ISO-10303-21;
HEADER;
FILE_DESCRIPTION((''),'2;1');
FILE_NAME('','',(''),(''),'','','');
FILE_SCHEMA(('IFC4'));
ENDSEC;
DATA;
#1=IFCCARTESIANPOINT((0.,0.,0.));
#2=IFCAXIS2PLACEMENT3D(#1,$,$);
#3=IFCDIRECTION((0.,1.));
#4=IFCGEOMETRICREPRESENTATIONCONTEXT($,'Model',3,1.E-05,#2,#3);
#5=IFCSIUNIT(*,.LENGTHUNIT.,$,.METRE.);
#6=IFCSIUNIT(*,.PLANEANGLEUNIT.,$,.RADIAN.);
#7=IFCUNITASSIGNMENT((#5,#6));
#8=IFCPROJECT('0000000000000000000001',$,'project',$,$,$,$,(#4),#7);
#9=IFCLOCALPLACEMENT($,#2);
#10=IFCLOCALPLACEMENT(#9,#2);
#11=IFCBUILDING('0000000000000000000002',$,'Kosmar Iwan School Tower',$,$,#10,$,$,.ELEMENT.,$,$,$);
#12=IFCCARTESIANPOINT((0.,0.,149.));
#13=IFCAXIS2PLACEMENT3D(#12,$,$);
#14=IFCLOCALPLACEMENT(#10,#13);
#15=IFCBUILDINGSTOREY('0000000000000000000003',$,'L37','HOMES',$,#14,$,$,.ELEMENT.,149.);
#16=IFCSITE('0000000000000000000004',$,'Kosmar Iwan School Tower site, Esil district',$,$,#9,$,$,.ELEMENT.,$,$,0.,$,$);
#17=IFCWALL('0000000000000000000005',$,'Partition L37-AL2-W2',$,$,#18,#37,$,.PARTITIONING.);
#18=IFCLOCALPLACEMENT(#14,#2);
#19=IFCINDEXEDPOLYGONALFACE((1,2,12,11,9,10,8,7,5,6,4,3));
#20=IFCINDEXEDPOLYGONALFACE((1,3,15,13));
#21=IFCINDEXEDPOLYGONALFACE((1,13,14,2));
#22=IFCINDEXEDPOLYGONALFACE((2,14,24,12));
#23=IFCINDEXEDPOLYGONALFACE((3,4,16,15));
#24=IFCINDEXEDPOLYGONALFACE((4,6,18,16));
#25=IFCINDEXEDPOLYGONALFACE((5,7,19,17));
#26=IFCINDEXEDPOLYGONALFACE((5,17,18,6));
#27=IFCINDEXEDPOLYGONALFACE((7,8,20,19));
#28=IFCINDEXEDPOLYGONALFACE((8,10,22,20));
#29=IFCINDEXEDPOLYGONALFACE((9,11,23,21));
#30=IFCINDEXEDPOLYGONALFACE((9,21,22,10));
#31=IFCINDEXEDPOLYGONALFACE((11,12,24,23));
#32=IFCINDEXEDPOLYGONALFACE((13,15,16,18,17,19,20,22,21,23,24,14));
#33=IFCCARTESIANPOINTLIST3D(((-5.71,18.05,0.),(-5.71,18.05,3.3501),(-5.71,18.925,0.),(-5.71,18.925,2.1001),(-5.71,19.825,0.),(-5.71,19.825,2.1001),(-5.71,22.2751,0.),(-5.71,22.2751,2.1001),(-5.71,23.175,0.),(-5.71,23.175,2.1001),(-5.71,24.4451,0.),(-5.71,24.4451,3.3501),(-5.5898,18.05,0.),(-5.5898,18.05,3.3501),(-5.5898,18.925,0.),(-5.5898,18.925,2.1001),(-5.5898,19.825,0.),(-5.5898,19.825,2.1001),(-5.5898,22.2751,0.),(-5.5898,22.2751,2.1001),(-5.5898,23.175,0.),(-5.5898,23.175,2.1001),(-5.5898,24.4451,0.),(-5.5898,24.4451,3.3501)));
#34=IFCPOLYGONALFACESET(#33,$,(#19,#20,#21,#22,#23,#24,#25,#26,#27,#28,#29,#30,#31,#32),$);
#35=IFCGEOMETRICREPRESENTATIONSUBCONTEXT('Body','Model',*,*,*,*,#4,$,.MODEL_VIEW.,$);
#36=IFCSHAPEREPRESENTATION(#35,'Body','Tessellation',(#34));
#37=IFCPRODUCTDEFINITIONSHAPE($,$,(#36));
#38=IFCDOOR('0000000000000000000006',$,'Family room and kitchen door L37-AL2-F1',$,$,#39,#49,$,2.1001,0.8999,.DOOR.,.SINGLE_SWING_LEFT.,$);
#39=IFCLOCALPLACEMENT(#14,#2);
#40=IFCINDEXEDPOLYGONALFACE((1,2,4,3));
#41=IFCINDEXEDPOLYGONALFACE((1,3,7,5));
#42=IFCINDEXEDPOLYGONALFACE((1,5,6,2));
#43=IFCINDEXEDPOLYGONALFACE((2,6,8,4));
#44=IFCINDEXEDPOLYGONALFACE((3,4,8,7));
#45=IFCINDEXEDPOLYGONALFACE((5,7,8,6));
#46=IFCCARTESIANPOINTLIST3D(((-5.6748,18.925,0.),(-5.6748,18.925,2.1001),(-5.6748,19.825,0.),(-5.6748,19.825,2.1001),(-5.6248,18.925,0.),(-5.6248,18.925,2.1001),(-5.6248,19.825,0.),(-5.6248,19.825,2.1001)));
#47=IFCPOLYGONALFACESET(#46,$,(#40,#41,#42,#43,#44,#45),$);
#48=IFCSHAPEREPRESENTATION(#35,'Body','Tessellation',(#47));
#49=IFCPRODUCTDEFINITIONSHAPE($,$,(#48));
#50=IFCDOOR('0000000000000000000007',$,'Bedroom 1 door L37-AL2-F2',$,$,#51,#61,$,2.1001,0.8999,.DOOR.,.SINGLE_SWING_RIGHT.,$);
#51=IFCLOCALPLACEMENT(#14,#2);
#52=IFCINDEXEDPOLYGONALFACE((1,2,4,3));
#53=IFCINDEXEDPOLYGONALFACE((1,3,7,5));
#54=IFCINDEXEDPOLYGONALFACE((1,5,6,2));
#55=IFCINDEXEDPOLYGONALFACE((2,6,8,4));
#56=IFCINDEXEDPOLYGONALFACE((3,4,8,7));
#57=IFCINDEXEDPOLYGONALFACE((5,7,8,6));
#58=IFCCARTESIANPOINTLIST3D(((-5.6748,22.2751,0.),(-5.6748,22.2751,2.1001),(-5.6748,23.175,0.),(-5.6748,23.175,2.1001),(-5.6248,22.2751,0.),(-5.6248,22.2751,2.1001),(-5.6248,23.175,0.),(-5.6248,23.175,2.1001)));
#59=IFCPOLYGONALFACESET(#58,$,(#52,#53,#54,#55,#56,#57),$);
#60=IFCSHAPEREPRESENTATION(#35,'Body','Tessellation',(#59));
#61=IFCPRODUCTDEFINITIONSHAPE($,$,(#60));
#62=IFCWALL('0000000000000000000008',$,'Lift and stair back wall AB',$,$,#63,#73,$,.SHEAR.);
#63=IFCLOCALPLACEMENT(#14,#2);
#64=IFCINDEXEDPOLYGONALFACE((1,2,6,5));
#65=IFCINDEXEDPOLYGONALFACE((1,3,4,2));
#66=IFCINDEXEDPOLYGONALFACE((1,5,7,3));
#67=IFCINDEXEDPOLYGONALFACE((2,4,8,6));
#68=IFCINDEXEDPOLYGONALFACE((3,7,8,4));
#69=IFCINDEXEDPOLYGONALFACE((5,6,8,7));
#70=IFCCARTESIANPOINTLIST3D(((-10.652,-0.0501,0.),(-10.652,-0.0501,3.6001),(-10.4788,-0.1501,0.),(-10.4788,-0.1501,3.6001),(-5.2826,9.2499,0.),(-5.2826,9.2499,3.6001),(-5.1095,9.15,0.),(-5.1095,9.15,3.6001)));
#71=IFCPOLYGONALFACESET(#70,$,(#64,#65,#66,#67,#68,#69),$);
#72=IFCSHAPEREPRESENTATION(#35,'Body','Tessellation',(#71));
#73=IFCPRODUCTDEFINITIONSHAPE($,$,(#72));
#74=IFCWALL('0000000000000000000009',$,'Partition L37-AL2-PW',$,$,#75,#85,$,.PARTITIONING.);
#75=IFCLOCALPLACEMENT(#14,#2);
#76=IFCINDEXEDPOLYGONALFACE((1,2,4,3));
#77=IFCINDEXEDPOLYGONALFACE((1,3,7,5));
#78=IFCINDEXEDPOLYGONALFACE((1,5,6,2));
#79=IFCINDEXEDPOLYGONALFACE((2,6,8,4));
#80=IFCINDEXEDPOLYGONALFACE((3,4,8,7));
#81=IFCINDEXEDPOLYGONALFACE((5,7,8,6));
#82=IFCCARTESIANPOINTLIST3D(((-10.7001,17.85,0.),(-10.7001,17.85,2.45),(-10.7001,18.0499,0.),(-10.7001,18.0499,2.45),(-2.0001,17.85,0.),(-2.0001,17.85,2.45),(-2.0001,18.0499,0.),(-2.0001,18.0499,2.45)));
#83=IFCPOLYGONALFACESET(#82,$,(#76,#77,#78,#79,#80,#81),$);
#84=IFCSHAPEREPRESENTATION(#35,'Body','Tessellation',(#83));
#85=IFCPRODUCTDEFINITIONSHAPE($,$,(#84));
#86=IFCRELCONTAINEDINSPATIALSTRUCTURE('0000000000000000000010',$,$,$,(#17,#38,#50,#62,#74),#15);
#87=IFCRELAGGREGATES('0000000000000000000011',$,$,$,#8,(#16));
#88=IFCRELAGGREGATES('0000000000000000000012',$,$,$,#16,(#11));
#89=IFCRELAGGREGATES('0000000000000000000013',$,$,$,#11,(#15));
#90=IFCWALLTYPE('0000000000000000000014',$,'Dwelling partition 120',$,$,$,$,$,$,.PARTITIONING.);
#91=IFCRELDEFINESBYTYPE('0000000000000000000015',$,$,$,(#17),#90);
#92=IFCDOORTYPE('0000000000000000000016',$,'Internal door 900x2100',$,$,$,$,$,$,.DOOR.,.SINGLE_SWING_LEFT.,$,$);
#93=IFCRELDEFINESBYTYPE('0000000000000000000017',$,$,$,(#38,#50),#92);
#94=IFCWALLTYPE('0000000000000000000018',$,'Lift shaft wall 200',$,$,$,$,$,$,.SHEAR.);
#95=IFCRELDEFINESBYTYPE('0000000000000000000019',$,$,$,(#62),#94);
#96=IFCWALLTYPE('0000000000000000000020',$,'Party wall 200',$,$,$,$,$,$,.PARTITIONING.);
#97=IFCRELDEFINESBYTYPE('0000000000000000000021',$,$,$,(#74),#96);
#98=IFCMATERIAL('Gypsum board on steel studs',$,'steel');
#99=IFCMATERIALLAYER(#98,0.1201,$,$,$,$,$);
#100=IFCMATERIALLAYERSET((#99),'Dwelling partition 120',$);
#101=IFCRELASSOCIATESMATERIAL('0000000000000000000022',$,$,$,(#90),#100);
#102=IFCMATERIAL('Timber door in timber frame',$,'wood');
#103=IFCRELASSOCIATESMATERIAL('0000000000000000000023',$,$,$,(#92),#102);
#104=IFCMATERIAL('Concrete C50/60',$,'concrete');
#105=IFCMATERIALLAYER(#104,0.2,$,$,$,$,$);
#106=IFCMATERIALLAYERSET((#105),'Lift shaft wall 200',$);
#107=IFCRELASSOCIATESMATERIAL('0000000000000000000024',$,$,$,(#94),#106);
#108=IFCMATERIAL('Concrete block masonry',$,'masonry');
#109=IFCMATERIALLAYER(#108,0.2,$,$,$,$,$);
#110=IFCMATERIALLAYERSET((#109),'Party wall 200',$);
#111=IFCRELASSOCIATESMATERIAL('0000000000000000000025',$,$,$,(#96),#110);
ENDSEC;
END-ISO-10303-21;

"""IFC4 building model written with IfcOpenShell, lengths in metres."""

from ifc_helpers import new_model, si_unit, direction, frame, frame_2d, origin, place, context, subcontext, project, spatial, rectangle, extrude, material, layer, layer_set, type_object, element, fill, save


model = new_model("IFC4")

# Units and contexts
model_context = context("Model", 3, precision=1e-05, world=origin(), true_north=direction((0.0, 1.0)))
body_context = subcontext(model_context, "Body", "Model", "MODEL_VIEW")
ifc_project = project(units=[si_unit("LENGTHUNIT", "METRE"), si_unit("PLANEANGLEUNIT", "RADIAN")], contexts=[model_context])

# Site, building, storey
site_placement = place(None, origin())
site = spatial("IfcSite", under=ifc_project, at=site_placement, Name="Kosmar Iwan School Tower site, Esil district", CompositionType="ELEMENT", RefElevation=0.0)
building_placement = place(site_placement, origin())
building = spatial("IfcBuilding", under=site, at=building_placement, Name="Kosmar Iwan School Tower", CompositionType="ELEMENT")
storey_placement = place(building_placement, frame((0.0, 0.0, 149.0)))
storey = spatial("IfcBuildingStorey", under=building, at=storey_placement, Name="L37", Description="HOMES", CompositionType="ELEMENT", Elevation=149.0)

# Shared definitions
ifc_material_1 = material(Name="Gypsum board on steel studs", Category="steel")
ifc_layer_1 = layer(ifc_material_1, 0.1201)
ifc_layer_set_1 = layer_set([ifc_layer_1], Name="Dwelling partition 120")
wall_type_1 = type_object("IfcWallType", Name="Dwelling partition 120", PredefinedType="PARTITIONING", material=ifc_layer_set_1)
ifc_material_2 = material(Name="Timber door in timber frame", Category="wood")
door_type_1 = type_object("IfcDoorType", Name="Internal door 900x2100", OperationType="SINGLE_SWING_LEFT", PredefinedType="DOOR", material=ifc_material_2)

# Wall, openings, doors
wall_1_placement = place(storey_placement, frame((-5.6499, 18.05, 0.0), z_axis=(0.0, 0.0, 1.0), x_axis=(0.0, 1.0, 0.0)))
wall_1 = element("IfcWall", 1, at=wall_1_placement, inside=storey, type_object=wall_type_1, Name="Partition L37-AL2-W2", PredefinedType="PARTITIONING", context=body_context, shape_type="SweptSolid", body=[
    extrude(rectangle(XDim=6.395, YDim=0.1201, at=frame_2d((3.1975, 0.0))), origin(), (0.0, 0.0, 1.0), 3.3501),
])
opening_1_placement = place(wall_1_placement, frame((0.875, 0.0, 0.0)))
opening_1 = element("IfcOpeningElement", 2, at=opening_1_placement, cuts=wall_1, PredefinedType="OPENING", context=body_context, shape_type="SweptSolid", body=[
    extrude(rectangle(XDim=0.8999, YDim=2.1001, at=frame_2d((0.45, 1.05))), frame((0.0, 0.072, 0.0), z_axis=(0.0, -1.0, 0.0), x_axis=(1.0, 0.0, 0.0)), (0.0, 0.0, 1.0), 0.144),
])
opening_2_placement = place(wall_1_placement, frame((4.2251, 0.0, 0.0)))
opening_2 = element("IfcOpeningElement", 3, at=opening_2_placement, cuts=wall_1, PredefinedType="OPENING", context=body_context, shape_type="SweptSolid", body=[
    extrude(rectangle(XDim=0.8999, YDim=2.1001, at=frame_2d((0.45, 1.05))), frame((0.0, 0.072, 0.0), z_axis=(0.0, -1.0, 0.0), x_axis=(1.0, 0.0, 0.0)), (0.0, 0.0, 1.0), 0.144),
])
door_1_placement = place(opening_1_placement, origin())
door_1 = element("IfcDoor", 4, at=door_1_placement, inside=storey, type_object=door_type_1, Name="Family room and kitchen door L37-AL2-F1", OperationType="SINGLE_SWING_LEFT", OverallHeight=2.1001, OverallWidth=0.8999, PredefinedType="DOOR", context=body_context, shape_type="SweptSolid", body=[
    extrude(rectangle(XDim=0.8999, YDim=2.1001, at=frame_2d((0.45, 1.05))), frame((0.0, 0.0249, 0.0), z_axis=(0.0, -1.0, 0.0), x_axis=(1.0, 0.0, 0.0)), (0.0, 0.0, 1.0), 0.05),
])
fill(opening_1, door_1)
door_2_placement = place(opening_2_placement, origin())
door_2 = element("IfcDoor", 5, at=door_2_placement, inside=storey, type_object=door_type_1, Name="Bedroom 1 door L37-AL2-F2", OperationType="SINGLE_SWING_RIGHT", OverallHeight=2.1001, OverallWidth=0.8999, PredefinedType="DOOR", context=body_context, shape_type="SweptSolid", body=[
    extrude(rectangle(XDim=0.8999, YDim=2.1001, at=frame_2d((0.45, 1.05))), frame((0.0, 0.0249, 0.0), z_axis=(0.0, -1.0, 0.0), x_axis=(1.0, 0.0, 0.0)), (0.0, 0.0, 1.0), 0.05),
])
fill(opening_2, door_2)

# Walls
ifc_material_3 = material(Name="Concrete C50/60", Category="concrete")
ifc_layer_2 = layer(ifc_material_3, 0.2)
ifc_layer_set_2 = layer_set([ifc_layer_2], Name="Lift shaft wall 200")
wall_type_2 = type_object("IfcWallType", Name="Lift shaft wall 200", PredefinedType="SHEAR", material=ifc_layer_set_2)
wall_2_placement = place(storey_placement, frame((-5.196, 9.2, 0.0), z_axis=(0.0, 0.0, 1.0), x_axis=(-0.5, -0.866025, 0.0)))
element("IfcWall", 6, at=wall_2_placement, inside=storey, type_object=wall_type_2, Name="Lift and stair back wall AB", PredefinedType="SHEAR", context=body_context, shape_type="SweptSolid", body=[
    extrude(rectangle(XDim=10.7388, YDim=0.2, at=frame_2d((5.3694, 0.0))), origin(), (0.0, 0.0, 1.0), 3.6001),
])
ifc_material_4 = material(Name="Concrete block masonry", Category="masonry")
ifc_layer_3 = layer(ifc_material_4, 0.2)
ifc_layer_set_3 = layer_set([ifc_layer_3], Name="Party wall 200")
wall_type_3 = type_object("IfcWallType", Name="Party wall 200", PredefinedType="PARTITIONING", material=ifc_layer_set_3)
wall_3_placement = place(storey_placement, frame((-2.0, 17.95, 0.0), z_axis=(0.0, 0.0, 1.0), x_axis=(-1.0, 0.0, 0.0)))
element("IfcWall", 7, at=wall_3_placement, inside=storey, type_object=wall_type_3, Name="Partition L37-AL2-PW", PredefinedType="PARTITIONING", context=body_context, shape_type="SweptSolid", body=[
    extrude(rectangle(XDim=8.7, YDim=0.2, at=frame_2d((4.3501, 0.0))), origin(), (0.0, 0.0, 1.0), 2.45),
])

save(model, "model.ifc")
